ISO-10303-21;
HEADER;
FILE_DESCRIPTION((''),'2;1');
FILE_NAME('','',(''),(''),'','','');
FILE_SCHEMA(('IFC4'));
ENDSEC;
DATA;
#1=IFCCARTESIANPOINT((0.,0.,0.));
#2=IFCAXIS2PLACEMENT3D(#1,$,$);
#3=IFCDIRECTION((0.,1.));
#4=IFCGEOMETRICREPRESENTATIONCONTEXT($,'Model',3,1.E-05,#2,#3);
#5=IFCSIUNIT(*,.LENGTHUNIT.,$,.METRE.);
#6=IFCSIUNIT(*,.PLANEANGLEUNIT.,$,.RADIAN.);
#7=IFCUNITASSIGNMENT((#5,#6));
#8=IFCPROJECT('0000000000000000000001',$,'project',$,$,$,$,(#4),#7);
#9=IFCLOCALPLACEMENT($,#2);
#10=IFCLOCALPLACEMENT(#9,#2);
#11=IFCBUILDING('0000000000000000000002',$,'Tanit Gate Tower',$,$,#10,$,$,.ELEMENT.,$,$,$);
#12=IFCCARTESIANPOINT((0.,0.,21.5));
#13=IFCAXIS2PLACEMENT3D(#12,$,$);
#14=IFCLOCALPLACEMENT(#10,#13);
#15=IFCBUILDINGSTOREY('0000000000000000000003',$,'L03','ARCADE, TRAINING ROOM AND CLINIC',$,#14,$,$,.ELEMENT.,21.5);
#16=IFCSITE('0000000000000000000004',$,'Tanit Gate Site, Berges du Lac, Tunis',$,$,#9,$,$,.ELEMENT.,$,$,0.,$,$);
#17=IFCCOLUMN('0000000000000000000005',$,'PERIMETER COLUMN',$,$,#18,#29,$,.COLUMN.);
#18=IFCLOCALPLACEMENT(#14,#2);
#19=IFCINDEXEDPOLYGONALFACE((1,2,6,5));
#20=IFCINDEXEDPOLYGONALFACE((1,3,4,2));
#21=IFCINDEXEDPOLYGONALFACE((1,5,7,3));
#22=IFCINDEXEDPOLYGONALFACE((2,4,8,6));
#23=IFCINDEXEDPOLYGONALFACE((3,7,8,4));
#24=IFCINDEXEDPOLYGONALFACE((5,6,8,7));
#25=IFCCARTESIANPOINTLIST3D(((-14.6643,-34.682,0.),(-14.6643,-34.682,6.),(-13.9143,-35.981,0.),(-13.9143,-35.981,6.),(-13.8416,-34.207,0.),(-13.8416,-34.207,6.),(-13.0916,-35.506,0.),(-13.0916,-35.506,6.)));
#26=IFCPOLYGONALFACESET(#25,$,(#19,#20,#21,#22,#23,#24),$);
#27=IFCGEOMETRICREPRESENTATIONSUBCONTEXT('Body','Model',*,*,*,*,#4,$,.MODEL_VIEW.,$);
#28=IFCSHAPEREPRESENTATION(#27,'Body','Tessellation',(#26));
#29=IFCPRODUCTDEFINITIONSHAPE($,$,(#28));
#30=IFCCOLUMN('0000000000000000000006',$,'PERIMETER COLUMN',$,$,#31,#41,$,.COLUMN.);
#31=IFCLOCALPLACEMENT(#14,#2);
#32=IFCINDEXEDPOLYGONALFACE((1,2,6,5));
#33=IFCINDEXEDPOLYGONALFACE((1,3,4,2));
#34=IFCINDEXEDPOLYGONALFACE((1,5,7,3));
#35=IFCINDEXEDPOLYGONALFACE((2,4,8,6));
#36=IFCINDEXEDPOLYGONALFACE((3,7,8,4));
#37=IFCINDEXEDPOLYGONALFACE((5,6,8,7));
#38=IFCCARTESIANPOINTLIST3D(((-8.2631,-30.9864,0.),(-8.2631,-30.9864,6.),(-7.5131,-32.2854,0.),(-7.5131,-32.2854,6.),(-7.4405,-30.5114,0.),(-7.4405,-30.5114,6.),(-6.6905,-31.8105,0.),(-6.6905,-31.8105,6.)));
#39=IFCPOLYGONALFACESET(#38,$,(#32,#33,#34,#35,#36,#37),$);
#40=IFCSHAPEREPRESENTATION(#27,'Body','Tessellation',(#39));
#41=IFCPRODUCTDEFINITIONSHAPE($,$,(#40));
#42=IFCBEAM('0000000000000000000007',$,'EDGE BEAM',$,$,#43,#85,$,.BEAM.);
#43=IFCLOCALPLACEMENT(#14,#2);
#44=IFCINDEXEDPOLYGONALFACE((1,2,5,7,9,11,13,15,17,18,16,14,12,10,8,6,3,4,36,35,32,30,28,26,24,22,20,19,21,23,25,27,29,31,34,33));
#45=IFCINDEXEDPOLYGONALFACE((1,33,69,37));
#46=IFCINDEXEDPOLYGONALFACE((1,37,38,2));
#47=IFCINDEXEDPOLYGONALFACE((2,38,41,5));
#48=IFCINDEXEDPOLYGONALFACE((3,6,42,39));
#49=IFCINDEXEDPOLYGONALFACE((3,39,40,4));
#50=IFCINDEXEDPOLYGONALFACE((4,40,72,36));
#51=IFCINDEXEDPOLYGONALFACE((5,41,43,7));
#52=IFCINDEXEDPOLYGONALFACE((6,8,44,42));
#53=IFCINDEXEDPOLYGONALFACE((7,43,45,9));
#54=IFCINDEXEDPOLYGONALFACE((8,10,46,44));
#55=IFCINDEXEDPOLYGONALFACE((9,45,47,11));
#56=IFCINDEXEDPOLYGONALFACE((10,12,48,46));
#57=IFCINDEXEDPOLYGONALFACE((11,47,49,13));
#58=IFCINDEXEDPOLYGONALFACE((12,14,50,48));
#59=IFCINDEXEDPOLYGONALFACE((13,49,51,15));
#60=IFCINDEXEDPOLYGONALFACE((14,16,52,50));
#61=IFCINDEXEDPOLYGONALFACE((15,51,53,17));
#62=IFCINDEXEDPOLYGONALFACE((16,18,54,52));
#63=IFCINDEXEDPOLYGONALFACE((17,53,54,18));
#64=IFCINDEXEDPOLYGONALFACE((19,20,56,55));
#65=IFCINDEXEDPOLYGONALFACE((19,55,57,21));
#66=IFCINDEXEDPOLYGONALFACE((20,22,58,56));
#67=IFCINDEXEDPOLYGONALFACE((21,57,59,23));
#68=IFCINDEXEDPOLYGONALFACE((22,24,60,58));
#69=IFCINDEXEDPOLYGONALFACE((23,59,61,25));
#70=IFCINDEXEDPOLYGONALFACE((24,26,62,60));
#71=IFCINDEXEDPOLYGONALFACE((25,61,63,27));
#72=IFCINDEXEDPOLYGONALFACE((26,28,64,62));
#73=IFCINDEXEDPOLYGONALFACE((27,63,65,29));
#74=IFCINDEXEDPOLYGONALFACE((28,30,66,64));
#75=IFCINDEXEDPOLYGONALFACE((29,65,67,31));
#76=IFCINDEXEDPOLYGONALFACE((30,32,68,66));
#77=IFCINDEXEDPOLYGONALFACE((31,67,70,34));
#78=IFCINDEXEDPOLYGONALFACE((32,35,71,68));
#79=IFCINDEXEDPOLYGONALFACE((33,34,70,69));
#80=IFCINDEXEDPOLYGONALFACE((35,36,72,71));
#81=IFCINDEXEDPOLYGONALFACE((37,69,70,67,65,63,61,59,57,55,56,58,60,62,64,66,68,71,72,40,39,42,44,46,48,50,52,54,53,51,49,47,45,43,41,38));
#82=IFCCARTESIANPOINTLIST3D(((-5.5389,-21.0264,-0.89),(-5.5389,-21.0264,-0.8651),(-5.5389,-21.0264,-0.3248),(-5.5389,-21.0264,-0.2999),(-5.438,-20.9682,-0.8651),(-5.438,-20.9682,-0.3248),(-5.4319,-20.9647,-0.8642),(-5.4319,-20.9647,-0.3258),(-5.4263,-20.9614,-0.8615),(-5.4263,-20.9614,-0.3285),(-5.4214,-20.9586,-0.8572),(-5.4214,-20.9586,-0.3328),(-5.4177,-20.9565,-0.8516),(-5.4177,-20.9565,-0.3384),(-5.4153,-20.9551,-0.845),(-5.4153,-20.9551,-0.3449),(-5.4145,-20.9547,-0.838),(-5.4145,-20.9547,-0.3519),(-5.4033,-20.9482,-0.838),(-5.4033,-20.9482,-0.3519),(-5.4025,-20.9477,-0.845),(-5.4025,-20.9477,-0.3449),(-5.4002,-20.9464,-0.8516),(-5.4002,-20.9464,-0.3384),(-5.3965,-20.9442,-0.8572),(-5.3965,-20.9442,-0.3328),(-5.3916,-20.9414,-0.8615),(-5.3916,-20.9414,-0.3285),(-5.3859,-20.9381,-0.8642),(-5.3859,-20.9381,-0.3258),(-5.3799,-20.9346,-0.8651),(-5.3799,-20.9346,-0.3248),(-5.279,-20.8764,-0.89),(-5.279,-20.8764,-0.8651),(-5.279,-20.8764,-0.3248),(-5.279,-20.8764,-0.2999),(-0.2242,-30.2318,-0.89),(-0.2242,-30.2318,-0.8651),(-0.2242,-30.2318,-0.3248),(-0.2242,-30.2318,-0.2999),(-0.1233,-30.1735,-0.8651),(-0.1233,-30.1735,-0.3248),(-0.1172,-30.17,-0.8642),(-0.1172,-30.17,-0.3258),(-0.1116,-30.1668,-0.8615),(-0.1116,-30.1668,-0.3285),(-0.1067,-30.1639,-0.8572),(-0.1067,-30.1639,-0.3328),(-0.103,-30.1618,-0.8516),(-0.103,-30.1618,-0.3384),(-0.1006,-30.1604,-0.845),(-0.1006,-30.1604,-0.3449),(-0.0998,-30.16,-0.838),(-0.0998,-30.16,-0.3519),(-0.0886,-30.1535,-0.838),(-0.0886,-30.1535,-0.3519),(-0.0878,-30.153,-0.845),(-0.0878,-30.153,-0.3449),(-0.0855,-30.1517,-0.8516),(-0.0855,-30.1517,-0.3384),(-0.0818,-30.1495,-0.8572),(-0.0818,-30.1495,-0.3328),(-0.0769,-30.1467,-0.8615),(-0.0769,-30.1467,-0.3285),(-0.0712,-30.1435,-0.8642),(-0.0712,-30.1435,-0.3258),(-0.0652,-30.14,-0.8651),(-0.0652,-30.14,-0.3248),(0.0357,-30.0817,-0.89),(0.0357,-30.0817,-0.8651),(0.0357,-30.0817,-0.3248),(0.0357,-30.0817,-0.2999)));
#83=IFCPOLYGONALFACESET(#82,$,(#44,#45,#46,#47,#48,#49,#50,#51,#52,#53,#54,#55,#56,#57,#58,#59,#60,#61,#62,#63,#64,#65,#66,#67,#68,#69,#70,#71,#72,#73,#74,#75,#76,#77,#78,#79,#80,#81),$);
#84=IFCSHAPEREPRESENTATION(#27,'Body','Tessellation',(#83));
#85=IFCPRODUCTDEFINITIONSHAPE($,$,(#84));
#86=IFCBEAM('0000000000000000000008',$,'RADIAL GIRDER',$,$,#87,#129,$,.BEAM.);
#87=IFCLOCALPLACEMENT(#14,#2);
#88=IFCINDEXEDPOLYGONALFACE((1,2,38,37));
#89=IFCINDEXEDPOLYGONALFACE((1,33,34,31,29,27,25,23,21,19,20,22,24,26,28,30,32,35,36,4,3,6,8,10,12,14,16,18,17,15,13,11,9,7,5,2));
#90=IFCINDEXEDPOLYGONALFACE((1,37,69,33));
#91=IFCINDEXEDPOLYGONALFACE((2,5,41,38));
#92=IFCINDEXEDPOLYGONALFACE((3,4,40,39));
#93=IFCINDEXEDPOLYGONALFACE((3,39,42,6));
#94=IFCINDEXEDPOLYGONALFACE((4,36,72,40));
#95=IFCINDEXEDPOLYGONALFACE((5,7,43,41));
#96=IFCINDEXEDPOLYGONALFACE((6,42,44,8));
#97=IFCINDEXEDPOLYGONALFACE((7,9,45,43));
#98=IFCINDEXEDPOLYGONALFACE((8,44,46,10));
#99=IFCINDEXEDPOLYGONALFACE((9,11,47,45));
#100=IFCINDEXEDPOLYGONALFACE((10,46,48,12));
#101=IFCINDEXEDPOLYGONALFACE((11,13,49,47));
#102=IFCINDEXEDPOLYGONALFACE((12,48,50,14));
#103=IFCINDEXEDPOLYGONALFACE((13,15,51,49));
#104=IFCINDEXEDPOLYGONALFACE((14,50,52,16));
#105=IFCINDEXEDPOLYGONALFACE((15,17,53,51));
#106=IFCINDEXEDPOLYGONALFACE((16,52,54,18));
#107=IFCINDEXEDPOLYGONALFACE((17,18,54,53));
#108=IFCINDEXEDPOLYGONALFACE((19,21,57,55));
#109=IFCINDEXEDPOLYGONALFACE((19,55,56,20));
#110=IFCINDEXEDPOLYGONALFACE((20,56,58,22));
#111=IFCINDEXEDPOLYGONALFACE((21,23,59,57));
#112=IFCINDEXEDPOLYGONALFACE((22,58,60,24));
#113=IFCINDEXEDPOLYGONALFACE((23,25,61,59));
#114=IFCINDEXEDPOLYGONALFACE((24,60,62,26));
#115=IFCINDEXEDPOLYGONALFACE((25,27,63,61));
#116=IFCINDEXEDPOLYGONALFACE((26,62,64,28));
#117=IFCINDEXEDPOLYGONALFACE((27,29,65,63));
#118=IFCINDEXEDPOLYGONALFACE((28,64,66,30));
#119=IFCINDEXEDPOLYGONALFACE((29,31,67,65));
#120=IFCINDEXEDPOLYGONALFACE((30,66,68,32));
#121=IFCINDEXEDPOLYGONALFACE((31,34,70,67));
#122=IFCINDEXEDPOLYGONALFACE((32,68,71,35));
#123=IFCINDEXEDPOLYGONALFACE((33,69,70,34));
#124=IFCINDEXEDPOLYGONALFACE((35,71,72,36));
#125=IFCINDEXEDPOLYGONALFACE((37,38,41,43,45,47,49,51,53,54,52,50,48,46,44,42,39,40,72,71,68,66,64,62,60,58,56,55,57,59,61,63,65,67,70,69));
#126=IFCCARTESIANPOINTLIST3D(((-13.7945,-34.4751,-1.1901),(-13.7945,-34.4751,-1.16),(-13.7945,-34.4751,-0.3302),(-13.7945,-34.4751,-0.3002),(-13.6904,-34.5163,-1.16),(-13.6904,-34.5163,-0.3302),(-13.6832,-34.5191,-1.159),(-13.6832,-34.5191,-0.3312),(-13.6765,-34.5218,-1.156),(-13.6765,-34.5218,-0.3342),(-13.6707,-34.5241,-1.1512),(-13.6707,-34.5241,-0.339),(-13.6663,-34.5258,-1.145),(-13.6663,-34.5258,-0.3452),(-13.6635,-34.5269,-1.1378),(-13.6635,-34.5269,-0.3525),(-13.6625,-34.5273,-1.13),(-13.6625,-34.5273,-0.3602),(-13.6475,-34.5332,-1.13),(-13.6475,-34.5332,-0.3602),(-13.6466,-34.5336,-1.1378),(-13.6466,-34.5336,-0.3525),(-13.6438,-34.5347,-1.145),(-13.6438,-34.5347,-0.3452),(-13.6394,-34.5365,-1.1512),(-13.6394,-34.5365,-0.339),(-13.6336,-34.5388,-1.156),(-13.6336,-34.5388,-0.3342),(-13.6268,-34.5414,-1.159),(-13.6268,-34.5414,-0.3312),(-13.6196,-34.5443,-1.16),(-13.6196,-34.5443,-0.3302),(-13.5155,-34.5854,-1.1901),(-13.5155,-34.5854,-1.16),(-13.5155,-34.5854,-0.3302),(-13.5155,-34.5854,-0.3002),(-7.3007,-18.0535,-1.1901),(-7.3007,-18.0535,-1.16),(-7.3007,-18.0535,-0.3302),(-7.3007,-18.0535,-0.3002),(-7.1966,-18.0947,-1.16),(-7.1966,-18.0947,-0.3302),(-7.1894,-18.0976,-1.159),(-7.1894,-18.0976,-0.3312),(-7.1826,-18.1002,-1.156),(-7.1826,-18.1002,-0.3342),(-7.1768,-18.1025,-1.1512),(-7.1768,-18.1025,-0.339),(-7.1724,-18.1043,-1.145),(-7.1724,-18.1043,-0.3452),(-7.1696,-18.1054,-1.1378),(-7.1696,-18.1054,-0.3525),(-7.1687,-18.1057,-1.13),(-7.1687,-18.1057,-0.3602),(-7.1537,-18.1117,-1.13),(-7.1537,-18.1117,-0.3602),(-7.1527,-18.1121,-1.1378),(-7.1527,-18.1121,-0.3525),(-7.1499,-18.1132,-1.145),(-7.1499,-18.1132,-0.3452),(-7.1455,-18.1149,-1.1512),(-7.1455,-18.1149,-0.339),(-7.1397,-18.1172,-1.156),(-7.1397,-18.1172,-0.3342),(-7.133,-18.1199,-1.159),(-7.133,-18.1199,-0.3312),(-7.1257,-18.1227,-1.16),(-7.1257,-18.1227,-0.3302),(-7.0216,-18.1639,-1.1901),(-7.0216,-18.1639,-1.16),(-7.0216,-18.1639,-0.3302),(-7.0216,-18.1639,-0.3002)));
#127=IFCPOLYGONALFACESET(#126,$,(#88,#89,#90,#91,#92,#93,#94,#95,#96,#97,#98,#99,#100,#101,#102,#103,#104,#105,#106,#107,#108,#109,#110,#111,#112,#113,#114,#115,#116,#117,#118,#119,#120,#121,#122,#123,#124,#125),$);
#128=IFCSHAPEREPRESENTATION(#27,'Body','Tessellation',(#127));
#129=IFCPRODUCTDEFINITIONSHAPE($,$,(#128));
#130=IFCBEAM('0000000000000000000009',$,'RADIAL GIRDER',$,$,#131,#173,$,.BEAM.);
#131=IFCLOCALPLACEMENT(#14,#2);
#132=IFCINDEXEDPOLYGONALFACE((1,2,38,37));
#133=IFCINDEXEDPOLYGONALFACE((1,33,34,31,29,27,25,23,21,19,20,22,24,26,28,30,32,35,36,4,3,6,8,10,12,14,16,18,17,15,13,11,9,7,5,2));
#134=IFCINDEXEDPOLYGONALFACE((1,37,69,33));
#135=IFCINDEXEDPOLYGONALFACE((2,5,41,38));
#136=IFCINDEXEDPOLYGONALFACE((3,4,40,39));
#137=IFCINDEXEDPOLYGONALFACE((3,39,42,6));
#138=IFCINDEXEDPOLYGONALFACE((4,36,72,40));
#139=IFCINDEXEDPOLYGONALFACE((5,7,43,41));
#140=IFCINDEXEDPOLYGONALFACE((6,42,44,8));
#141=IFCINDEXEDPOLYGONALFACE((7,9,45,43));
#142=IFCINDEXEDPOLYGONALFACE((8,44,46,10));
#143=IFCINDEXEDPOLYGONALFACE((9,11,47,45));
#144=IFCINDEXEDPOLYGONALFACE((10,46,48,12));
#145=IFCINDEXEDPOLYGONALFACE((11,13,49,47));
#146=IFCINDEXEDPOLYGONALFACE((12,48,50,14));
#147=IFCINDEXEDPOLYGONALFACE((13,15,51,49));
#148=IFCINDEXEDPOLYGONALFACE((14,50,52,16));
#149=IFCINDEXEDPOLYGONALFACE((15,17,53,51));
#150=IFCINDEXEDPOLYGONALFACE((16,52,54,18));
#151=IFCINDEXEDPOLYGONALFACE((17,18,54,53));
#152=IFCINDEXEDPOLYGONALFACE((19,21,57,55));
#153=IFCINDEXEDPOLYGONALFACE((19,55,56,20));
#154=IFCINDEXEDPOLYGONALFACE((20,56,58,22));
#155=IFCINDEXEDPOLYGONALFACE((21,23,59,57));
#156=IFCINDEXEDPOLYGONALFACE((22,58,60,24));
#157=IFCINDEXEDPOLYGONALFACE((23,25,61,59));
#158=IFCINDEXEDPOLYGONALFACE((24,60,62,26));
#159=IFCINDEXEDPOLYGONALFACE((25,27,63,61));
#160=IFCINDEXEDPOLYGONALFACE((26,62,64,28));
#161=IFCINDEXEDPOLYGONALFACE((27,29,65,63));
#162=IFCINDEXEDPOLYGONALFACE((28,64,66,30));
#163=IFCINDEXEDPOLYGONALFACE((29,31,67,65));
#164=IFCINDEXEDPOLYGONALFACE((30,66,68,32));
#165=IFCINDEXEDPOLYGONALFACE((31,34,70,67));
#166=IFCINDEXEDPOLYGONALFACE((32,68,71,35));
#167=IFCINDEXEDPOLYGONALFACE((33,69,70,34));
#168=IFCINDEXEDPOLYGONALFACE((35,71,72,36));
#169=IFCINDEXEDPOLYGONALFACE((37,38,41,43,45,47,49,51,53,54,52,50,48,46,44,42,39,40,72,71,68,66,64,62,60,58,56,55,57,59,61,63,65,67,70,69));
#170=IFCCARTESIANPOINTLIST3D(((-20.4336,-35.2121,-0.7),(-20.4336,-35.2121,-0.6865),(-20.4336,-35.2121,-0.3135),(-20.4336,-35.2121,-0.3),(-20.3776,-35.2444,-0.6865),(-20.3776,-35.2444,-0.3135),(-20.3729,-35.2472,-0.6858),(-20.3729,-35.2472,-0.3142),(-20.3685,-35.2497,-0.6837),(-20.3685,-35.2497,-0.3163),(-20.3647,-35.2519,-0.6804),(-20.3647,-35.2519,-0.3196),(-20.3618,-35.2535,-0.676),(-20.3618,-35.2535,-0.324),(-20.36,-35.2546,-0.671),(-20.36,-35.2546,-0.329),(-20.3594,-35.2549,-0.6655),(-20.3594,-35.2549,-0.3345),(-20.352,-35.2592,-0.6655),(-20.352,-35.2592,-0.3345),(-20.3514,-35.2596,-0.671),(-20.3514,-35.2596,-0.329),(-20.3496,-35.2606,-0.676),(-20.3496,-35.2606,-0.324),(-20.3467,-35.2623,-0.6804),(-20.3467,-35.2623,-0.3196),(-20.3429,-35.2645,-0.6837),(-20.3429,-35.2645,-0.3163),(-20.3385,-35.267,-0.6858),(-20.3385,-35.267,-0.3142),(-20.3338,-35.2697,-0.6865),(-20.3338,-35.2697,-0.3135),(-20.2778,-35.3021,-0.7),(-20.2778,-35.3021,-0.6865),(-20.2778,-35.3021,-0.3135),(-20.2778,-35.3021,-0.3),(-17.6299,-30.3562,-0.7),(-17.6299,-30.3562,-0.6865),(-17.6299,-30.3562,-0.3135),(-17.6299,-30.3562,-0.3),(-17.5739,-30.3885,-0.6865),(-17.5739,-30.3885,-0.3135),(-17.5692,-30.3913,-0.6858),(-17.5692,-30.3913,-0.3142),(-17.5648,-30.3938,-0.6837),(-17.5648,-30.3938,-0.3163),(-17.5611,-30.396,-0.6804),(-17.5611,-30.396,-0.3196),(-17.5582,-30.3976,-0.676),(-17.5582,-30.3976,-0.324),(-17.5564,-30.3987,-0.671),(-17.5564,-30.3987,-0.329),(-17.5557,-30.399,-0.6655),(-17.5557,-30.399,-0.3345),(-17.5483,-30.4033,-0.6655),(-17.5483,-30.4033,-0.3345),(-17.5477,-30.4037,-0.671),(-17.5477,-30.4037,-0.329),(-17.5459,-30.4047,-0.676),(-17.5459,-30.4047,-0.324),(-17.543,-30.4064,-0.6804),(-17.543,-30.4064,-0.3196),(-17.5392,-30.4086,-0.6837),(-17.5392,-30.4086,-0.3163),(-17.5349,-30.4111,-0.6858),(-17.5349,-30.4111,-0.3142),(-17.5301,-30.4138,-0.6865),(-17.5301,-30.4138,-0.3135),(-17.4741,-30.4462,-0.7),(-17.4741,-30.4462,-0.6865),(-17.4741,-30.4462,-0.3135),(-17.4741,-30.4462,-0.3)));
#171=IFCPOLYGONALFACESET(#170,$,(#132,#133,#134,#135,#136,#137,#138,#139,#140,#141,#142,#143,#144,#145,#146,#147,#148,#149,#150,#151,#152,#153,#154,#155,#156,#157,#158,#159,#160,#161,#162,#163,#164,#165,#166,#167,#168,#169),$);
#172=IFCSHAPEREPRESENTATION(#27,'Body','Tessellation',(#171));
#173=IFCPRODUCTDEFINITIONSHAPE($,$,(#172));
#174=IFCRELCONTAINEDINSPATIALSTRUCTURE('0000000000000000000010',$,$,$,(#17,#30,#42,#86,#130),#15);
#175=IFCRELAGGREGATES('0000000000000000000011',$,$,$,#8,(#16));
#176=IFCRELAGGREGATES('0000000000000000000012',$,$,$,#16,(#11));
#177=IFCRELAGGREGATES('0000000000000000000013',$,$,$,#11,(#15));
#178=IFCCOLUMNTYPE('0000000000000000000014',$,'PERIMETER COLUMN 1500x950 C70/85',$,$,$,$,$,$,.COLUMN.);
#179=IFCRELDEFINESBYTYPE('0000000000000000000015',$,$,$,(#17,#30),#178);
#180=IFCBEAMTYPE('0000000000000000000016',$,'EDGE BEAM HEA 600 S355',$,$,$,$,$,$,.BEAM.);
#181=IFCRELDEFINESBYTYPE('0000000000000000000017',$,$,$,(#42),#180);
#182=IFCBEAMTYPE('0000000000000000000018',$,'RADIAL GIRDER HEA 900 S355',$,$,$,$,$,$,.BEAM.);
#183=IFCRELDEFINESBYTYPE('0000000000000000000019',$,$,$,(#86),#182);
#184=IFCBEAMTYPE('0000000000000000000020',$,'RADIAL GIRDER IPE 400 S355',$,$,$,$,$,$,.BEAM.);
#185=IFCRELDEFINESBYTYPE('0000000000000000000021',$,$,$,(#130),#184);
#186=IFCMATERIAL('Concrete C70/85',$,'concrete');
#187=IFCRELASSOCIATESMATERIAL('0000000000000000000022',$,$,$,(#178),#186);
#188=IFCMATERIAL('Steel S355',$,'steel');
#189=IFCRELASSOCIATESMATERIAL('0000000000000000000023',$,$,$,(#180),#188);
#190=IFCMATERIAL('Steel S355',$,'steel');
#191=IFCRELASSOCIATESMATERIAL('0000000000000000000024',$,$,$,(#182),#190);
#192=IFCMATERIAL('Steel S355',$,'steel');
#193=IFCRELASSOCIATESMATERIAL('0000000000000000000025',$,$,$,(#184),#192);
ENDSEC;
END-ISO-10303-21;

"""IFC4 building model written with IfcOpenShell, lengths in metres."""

from ifc_helpers import new_model, si_unit, direction, frame, origin, origin_2d, place, context, subcontext, project, spatial, rectangle, i_section, extrude, material, material_profile, profile_set, type_object, element, save


model = new_model("IFC4")

# Units and contexts
model_context = context("Model", 3, precision=1e-05, world=origin(), true_north=direction((0.0, 1.0)))
body_context = subcontext(model_context, "Body", "Model", "MODEL_VIEW")
ifc_project = project(units=[si_unit("LENGTHUNIT", "METRE"), si_unit("PLANEANGLEUNIT", "RADIAN")], contexts=[model_context])

# Site, building, storey
site_placement = place(None, origin())
site = spatial("IfcSite", under=ifc_project, at=site_placement, Name="Tanit Gate Site, Berges du Lac, Tunis", CompositionType="ELEMENT", RefElevation=0.0)
building_placement = place(site_placement, origin())
building = spatial("IfcBuilding", under=site, at=building_placement, Name="Tanit Gate Tower", CompositionType="ELEMENT")
storey_placement = place(building_placement, frame((0.0, 0.0, 21.5)))
storey = spatial("IfcBuildingStorey", under=building, at=storey_placement, Name="L03", Description="ARCADE, TRAINING ROOM AND CLINIC", CompositionType="ELEMENT", Elevation=21.5)

# Columns
ifc_material_1 = material(Name="Concrete C70/85", Category="concrete")
ifc_material_profile_1 = material_profile(ifc_material_1, rectangle(XDim=1.5, YDim=0.95, at=origin_2d()), Name="RC 1500x950")
ifc_profile_set_1 = profile_set([ifc_material_profile_1], Name="Concrete C70/85")
column_type = type_object("IfcColumnType", Name="PERIMETER COLUMN 1500x950 C70/85", PredefinedType="COLUMN", material=ifc_profile_set_1)
for number, where, z_axis, x_axis, name in (
    (1, (-13.8779, -35.094, 0.0), (0.0, 0.0, 1.0), (0.5, -0.866025, 0.0), "PERIMETER COLUMN"),
    (2, (-7.4768, -31.3984, 0.0), (0.0, 0.0, 1.0), (0.5, -0.866025, 0.0), "PERIMETER COLUMN"),
):
    element("IfcColumn", number, at=place(storey_placement, frame(where, z_axis=z_axis, x_axis=x_axis)), inside=storey, type_object=column_type, Name=name, PredefinedType="COLUMN", context=body_context, shape_type="SweptSolid", body=[
        extrude(rectangle(XDim=1.5, YDim=0.95, at=origin_2d()), origin(), (0.0, 0.0, 1.0), 6.0),
    ])

# Beams
ifc_material_2 = material(Name="Steel S355", Category="steel")
ifc_material_profile_2 = material_profile(ifc_material_2, i_section(OverallWidth=0.3, OverallDepth=0.5901, WebThickness=0.0129, FlangeThickness=0.0249, FilletRadius=0.0271, at=origin_2d()), Name="HEA 600")
ifc_profile_set_2 = profile_set([ifc_material_profile_2], Name="Steel S355")
beam_type_1 = type_object("IfcBeamType", Name="EDGE BEAM HEA 600 S355", PredefinedType="BEAM", material=ifc_profile_set_2)
beam_1_placement = place(storey_placement, frame((-5.4089, -20.9514, -0.595), z_axis=(0.5, -0.866025, 0.0), x_axis=(0.866025, 0.5, 0.0)))
element("IfcBeam", 3, at=beam_1_placement, inside=storey, type_object=beam_type_1, Name="EDGE BEAM", PredefinedType="BEAM", context=body_context, shape_type="SweptSolid", body=[
    extrude(i_section(OverallWidth=0.3, OverallDepth=0.5901, WebThickness=0.0129, FlangeThickness=0.0249, FilletRadius=0.0271, at=origin_2d()), origin(), (0.0, 0.0, 1.0), 10.6294),
])
ifc_material_3 = material(Name="Steel S355", Category="steel")
ifc_material_profile_3 = material_profile(ifc_material_3, i_section(OverallWidth=0.3, OverallDepth=0.8899, WebThickness=0.0161, FlangeThickness=0.03, FilletRadius=0.03, at=origin_2d()), Name="HEA 900")
ifc_profile_set_3 = profile_set([ifc_material_profile_3], Name="Steel S355")
beam_type_2 = type_object("IfcBeamType", Name="RADIAL GIRDER HEA 900 S355", PredefinedType="BEAM", material=ifc_profile_set_3)
beam_2_placement = place(storey_placement, frame((-13.655, -34.5303, -0.7451), z_axis=(0.367738, 0.929929, 0.0), x_axis=(-0.929929, 0.367738, 0.0)))
element("IfcBeam", 4, at=beam_2_placement, inside=storey, type_object=beam_type_2, Name="RADIAL GIRDER", PredefinedType="BEAM", context=body_context, shape_type="SweptSolid", body=[
    extrude(i_section(OverallWidth=0.3, OverallDepth=0.8899, WebThickness=0.0161, FlangeThickness=0.03, FilletRadius=0.03, at=origin_2d()), origin(), (0.0, 0.0, 1.0), 17.6589),
])
ifc_material_4 = material(Name="Steel S355", Category="steel")
ifc_material_profile_4 = material_profile(ifc_material_4, i_section(OverallWidth=0.1799, OverallDepth=0.3999, WebThickness=0.0085, FlangeThickness=0.0134, FilletRadius=0.021, at=origin_2d()), Name="IPE 400")
ifc_profile_set_4 = profile_set([ifc_material_profile_4], Name="Steel S355")
beam_type_3 = type_object("IfcBeamType", Name="RADIAL GIRDER IPE 400 S355", PredefinedType="BEAM", material=ifc_profile_set_4)
beam_3_placement = place(storey_placement, frame((-20.3557, -35.2571, -0.5), z_axis=(0.500016, 0.866016, 0.0), x_axis=(-0.866016, 0.500016, 0.0)))
element("IfcBeam", 5, at=beam_3_placement, inside=storey, type_object=beam_type_3, Name="RADIAL GIRDER", PredefinedType="BEAM", context=body_context, shape_type="SweptSolid", body=[
    extrude(i_section(OverallWidth=0.1799, OverallDepth=0.3999, WebThickness=0.0085, FlangeThickness=0.0134, FilletRadius=0.021, at=origin_2d()), origin(), (0.0, 0.0, 1.0), 5.6072),
])

save(model, "model.ifc")
